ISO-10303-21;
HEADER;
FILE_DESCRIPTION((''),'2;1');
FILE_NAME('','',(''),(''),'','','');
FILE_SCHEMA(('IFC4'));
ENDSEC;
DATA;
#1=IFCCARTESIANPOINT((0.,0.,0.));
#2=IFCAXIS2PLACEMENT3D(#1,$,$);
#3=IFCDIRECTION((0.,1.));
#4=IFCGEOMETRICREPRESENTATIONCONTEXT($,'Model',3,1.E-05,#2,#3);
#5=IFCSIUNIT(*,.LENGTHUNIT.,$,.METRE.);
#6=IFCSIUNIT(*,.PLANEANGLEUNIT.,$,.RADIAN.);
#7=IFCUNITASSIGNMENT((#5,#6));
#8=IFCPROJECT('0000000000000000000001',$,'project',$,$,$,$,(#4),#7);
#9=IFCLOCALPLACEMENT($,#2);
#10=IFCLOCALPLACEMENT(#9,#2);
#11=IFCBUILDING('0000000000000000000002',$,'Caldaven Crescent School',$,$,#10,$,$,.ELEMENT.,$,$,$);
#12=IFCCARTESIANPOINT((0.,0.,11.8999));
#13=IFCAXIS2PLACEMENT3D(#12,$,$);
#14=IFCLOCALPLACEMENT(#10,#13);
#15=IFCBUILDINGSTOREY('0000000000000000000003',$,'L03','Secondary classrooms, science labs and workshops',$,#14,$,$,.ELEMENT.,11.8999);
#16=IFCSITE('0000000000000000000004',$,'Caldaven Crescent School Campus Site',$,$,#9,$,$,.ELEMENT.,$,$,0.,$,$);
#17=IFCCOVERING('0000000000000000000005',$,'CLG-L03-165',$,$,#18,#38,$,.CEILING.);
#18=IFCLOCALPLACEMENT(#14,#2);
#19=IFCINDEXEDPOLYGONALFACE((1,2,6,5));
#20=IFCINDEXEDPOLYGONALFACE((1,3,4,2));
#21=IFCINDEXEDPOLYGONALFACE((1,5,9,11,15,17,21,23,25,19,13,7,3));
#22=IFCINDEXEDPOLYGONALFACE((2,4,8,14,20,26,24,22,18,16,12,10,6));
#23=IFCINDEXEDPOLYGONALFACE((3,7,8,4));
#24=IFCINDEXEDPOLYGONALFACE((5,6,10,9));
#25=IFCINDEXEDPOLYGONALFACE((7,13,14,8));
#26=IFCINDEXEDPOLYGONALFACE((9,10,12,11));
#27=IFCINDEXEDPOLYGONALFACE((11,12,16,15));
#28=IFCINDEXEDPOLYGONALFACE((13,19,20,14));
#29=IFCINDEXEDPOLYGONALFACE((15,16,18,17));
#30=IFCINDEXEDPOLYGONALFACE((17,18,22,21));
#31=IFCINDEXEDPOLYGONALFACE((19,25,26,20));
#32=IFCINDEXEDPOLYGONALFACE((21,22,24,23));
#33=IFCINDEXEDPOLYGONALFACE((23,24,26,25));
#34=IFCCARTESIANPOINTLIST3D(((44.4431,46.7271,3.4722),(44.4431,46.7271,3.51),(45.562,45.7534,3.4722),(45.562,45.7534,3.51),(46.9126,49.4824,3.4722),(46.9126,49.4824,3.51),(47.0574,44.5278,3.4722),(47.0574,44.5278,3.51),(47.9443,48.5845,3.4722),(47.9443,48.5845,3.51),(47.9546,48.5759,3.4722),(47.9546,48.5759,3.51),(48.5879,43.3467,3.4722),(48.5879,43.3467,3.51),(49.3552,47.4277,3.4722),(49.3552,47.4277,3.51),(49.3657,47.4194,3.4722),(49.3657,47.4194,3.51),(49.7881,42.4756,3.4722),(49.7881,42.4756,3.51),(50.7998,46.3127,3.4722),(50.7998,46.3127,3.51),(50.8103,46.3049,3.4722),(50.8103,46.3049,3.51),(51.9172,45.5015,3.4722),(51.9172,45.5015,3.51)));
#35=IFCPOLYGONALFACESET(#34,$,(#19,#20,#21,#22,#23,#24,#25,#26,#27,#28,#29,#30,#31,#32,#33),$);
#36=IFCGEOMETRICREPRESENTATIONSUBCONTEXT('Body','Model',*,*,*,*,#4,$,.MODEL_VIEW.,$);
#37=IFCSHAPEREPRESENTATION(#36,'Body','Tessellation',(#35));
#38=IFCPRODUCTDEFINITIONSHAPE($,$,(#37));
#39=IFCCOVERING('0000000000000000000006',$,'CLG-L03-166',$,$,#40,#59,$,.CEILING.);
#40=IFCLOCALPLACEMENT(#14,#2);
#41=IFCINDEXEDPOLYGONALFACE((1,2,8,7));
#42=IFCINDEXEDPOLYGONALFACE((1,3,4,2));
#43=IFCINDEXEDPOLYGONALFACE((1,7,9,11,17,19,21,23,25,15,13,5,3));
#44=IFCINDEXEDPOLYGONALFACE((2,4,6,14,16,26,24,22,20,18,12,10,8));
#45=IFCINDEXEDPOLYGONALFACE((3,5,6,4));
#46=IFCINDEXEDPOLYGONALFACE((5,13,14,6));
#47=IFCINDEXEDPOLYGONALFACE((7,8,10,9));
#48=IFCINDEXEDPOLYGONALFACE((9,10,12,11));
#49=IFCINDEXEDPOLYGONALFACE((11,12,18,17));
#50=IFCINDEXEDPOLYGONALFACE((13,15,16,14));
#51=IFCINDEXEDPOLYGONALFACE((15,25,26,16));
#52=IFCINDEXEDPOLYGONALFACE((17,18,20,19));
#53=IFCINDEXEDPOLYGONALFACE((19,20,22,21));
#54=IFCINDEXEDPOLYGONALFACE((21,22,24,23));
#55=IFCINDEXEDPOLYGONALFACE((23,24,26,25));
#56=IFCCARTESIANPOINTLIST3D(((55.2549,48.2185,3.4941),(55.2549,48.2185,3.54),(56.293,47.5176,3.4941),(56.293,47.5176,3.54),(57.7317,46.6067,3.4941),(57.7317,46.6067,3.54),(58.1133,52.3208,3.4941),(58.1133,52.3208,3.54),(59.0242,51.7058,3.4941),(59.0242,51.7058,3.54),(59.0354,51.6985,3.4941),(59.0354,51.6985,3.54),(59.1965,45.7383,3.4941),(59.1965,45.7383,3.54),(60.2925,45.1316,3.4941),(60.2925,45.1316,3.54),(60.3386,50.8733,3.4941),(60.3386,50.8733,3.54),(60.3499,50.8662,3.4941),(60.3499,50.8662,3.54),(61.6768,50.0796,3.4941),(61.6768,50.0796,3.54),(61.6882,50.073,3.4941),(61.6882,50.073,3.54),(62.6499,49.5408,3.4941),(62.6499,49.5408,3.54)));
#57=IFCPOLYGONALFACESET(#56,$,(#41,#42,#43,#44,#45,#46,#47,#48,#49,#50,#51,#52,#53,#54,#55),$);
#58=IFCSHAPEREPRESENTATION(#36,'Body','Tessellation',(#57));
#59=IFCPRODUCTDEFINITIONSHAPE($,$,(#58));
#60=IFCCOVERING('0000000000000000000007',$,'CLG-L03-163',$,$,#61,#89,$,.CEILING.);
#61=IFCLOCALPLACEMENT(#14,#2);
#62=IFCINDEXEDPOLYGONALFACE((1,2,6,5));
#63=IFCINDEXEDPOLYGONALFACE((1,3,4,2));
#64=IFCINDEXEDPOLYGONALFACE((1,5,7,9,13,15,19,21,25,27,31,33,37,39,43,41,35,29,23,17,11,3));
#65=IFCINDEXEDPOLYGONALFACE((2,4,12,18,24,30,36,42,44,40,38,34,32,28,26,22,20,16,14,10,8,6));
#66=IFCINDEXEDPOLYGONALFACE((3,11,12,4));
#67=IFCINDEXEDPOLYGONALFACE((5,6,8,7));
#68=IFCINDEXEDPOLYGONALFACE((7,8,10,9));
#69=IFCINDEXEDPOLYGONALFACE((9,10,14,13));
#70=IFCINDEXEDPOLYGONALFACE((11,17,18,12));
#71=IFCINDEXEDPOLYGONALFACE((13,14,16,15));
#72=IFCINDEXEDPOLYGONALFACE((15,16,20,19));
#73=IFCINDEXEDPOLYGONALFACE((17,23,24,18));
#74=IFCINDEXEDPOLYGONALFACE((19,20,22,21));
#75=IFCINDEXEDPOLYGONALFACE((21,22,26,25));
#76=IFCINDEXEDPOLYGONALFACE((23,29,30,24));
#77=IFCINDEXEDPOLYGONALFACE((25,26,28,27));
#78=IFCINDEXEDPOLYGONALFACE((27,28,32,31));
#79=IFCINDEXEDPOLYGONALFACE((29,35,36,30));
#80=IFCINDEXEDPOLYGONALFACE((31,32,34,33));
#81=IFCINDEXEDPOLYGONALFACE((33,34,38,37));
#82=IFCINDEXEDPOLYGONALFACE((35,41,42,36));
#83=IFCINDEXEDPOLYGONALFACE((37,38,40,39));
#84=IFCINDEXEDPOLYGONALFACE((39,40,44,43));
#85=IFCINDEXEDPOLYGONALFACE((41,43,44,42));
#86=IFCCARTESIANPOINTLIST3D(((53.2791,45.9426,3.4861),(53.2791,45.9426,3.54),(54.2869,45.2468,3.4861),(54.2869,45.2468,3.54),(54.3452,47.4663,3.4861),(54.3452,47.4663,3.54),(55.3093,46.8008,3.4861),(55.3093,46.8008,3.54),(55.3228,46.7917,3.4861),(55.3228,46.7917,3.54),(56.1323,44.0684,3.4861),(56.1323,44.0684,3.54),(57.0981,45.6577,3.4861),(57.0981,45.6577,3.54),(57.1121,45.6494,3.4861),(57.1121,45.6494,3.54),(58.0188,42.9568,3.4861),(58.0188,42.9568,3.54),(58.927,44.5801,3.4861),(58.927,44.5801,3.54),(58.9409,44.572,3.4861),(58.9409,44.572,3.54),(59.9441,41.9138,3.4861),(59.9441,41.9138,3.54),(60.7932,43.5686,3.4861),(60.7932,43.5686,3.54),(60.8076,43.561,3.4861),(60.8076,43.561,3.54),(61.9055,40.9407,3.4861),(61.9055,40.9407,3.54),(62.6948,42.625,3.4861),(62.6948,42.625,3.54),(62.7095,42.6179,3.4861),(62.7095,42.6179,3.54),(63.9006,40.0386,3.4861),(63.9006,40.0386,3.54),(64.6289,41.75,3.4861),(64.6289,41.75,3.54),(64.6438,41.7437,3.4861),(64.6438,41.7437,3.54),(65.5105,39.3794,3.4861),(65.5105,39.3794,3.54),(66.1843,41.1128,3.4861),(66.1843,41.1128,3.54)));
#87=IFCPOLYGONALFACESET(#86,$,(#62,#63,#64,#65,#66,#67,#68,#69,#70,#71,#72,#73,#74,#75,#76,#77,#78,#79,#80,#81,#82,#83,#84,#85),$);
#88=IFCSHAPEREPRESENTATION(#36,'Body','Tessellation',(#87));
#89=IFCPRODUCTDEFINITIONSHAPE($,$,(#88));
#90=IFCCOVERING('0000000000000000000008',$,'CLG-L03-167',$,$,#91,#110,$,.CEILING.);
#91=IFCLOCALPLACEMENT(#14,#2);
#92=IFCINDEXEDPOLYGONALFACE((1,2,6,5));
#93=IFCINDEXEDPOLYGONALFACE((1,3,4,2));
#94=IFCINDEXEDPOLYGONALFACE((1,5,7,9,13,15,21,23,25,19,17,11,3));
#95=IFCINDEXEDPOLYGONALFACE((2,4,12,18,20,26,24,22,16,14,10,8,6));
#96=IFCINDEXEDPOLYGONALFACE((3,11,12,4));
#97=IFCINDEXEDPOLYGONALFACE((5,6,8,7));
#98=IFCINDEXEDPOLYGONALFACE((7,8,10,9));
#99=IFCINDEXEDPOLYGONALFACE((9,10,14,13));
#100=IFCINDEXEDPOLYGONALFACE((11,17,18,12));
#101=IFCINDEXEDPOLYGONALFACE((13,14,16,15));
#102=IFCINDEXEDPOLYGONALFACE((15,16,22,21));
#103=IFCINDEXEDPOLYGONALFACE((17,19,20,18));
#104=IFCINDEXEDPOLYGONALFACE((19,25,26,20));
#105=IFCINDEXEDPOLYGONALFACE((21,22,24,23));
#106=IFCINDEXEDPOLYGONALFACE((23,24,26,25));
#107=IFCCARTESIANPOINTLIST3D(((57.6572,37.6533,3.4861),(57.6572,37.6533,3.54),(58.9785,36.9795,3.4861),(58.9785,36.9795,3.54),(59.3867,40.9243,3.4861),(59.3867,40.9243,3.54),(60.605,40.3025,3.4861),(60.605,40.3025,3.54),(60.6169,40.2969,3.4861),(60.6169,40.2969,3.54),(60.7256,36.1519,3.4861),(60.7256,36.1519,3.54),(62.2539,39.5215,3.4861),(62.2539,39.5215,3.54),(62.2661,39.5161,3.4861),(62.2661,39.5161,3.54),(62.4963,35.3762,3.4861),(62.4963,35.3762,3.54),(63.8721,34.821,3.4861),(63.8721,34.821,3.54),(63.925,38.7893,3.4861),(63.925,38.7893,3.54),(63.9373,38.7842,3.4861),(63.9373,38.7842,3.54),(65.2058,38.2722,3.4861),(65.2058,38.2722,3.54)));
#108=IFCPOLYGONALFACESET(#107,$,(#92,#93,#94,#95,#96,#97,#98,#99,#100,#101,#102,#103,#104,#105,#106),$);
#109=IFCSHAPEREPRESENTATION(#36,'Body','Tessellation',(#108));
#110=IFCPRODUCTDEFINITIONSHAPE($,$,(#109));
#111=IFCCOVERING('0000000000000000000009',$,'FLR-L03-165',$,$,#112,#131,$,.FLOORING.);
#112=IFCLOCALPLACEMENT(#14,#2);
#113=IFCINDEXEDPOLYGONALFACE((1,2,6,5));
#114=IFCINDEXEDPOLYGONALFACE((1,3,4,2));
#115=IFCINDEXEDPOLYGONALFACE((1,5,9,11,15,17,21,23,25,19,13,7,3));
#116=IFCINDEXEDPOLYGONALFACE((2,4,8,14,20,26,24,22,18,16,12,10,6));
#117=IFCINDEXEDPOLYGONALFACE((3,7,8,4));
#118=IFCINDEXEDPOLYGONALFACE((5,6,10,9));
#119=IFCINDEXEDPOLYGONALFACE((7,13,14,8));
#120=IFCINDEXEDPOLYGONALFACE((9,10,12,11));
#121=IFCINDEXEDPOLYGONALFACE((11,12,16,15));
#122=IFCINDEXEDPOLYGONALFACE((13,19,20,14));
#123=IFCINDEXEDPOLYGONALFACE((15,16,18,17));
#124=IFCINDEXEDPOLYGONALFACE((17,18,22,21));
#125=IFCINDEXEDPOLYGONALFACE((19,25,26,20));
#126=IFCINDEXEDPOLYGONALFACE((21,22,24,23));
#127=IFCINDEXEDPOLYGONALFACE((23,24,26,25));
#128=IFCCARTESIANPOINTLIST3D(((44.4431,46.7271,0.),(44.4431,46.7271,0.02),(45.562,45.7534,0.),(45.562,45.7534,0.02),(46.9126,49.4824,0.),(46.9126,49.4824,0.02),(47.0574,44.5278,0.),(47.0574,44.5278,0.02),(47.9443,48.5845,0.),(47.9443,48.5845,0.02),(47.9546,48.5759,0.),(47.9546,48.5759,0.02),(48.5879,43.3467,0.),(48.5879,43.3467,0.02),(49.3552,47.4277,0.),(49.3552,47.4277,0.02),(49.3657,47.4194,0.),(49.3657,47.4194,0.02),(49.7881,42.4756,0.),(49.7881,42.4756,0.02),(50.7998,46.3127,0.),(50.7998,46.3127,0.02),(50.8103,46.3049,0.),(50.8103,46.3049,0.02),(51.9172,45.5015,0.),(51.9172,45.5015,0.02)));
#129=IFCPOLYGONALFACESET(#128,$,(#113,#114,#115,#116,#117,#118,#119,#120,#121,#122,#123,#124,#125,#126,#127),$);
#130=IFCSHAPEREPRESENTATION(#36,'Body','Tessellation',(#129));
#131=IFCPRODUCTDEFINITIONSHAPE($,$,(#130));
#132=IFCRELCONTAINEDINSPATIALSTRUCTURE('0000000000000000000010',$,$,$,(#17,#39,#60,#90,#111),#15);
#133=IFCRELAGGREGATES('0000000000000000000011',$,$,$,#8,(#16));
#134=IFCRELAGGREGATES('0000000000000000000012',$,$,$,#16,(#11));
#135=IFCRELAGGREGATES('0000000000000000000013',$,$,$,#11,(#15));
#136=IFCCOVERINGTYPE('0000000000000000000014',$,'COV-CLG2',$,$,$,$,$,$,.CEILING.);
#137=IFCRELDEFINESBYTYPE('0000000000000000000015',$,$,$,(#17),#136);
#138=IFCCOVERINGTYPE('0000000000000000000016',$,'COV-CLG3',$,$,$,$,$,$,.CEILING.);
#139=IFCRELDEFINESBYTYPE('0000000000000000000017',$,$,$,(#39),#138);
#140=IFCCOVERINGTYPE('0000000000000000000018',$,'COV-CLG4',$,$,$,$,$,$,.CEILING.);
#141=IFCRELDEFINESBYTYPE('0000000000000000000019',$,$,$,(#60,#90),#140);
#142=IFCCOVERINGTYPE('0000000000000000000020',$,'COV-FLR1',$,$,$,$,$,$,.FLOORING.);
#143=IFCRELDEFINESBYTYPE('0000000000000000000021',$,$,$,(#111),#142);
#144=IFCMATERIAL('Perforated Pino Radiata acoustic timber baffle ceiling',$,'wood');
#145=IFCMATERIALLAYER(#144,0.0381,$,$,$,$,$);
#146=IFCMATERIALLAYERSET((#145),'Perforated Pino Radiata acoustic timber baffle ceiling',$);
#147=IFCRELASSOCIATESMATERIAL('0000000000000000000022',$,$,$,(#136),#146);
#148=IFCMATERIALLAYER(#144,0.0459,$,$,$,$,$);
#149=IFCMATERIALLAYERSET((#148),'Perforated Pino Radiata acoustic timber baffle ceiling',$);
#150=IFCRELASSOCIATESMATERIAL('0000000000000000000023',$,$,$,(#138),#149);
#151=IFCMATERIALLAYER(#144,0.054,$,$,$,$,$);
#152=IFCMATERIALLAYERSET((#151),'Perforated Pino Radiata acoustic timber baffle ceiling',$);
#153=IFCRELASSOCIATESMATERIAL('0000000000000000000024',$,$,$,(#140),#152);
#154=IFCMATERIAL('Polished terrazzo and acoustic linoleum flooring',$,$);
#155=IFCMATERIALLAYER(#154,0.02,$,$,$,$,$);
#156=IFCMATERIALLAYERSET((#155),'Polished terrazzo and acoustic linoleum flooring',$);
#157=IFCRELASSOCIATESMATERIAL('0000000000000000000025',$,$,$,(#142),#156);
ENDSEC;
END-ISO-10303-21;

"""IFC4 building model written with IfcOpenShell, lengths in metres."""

from ifc_helpers import new_model, si_unit, direction, frame, origin, place, context, subcontext, project, spatial, polyline, outline, extrude, material, layer, layer_set, type_object, element, save


model = new_model("IFC4")

# Units and contexts
model_context = context("Model", 3, precision=1e-05, world=origin(), true_north=direction((0.0, 1.0)))
body_context = subcontext(model_context, "Body", "Model", "MODEL_VIEW")
ifc_project = project(units=[si_unit("LENGTHUNIT", "METRE"), si_unit("PLANEANGLEUNIT", "RADIAN")], contexts=[model_context])

# Site, building, storey
site_placement = place(None, origin())
site = spatial("IfcSite", under=ifc_project, at=site_placement, Name="Caldaven Crescent School Campus Site", CompositionType="ELEMENT", RefElevation=0.0)
building_placement = place(site_placement, origin())
building = spatial("IfcBuilding", under=site, at=building_placement, Name="Caldaven Crescent School", CompositionType="ELEMENT")
storey_placement = place(building_placement, frame((0.0, 0.0, 11.8999)))
storey = spatial("IfcBuildingStorey", under=building, at=storey_placement, Name="L03", Description="Secondary classrooms, science labs and workshops", CompositionType="ELEMENT", Elevation=11.8999)

# Coverings
ifc_material_1 = material(Name="Perforated Pino Radiata acoustic timber baffle ceiling", Category="wood")
ifc_layer_1 = layer(ifc_material_1, 0.0381)
ifc_layer_set_1 = layer_set([ifc_layer_1], Name="Perforated Pino Radiata acoustic timber baffle ceiling")
covering_type_1 = type_object("IfcCoveringType", Name="COV-CLG2", PredefinedType="CEILING", material=ifc_layer_set_1)
covering_1_placement = place(storey_placement, frame((0.0, 0.0, 3.4722)))
element("IfcCovering", 1, at=covering_1_placement, inside=storey, type_object=covering_type_1, Name="CLG-L03-165", PredefinedType="CEILING", context=body_context, shape_type="SweptSolid", body=[
    extrude(outline(polyline([(47.9443, 48.5845), (47.9546, 48.5759), (49.3552, 47.4277), (49.3657, 47.4194), (50.7998, 46.3127), (50.8103, 46.3049), (51.9172, 45.5015), (49.7881, 42.4756), (48.5879, 43.3467), (47.0574, 44.5278), (45.562, 45.7534), (44.4431, 46.7271), (46.9126, 49.4824), (47.9443, 48.5845)])), origin(), (0.0, 0.0, 1.0), 0.0378),
])
ifc_layer_2 = layer(ifc_material_1, 0.0459)
ifc_layer_set_2 = layer_set([ifc_layer_2], Name="Perforated Pino Radiata acoustic timber baffle ceiling")
covering_type_2 = type_object("IfcCoveringType", Name="COV-CLG3", PredefinedType="CEILING", material=ifc_layer_set_2)
covering_2_placement = place(storey_placement, frame((0.0, 0.0, 3.4941)))
element("IfcCovering", 2, at=covering_2_placement, inside=storey, type_object=covering_type_2, Name="CLG-L03-166", PredefinedType="CEILING", context=body_context, shape_type="SweptSolid", body=[
    extrude(outline(polyline([(59.0242, 51.7058), (59.0354, 51.6985), (60.3386, 50.8733), (60.3499, 50.8662), (61.6768, 50.0796), (61.6882, 50.073), (62.6499, 49.5408), (60.2925, 45.1316), (59.1965, 45.7383), (57.7317, 46.6067), (56.293, 47.5176), (55.2549, 48.2185), (58.1133, 52.3208), (59.0242, 51.7058)])), origin(), (0.0, 0.0, 1.0), 0.0459),
])
ifc_layer_3 = layer(ifc_material_1, 0.054)
ifc_layer_set_3 = layer_set([ifc_layer_3], Name="Perforated Pino Radiata acoustic timber baffle ceiling")
covering_type_3 = type_object("IfcCoveringType", Name="COV-CLG4", PredefinedType="CEILING", material=ifc_layer_set_3)
covering_3_placement = place(storey_placement, frame((0.0, 0.0, 3.4861)))
element("IfcCovering", 3, at=covering_3_placement, inside=storey, type_object=covering_type_3, Name="CLG-L03-163", PredefinedType="CEILING", context=body_context, shape_type="SweptSolid", body=[
    extrude(outline(polyline([(55.3093, 46.8008), (55.3228, 46.7917), (57.0981, 45.6577), (57.1121, 45.6494), (58.927, 44.5801), (58.9409, 44.572), (60.7932, 43.5686), (60.8076, 43.561), (62.6948, 42.625), (62.7095, 42.6179), (64.6289, 41.75), (64.6438, 41.7437), (66.1843, 41.1128), (65.5105, 39.3794), (63.9006, 40.0386), (61.9055, 40.9407), (59.9441, 41.9138), (58.0188, 42.9568), (56.1323, 44.0684), (54.2869, 45.2468), (53.2791, 45.9426), (54.3452, 47.4663), (55.3093, 46.8008)])), origin(), (0.0, 0.0, 1.0), 0.054),
])
covering_4_placement = place(storey_placement, frame((0.0, 0.0, 3.4861)))
element("IfcCovering", 4, at=covering_4_placement, inside=storey, type_object=covering_type_3, Name="CLG-L03-167", PredefinedType="CEILING", context=body_context, shape_type="SweptSolid", body=[
    extrude(outline(polyline([(60.605, 40.3025), (60.6169, 40.2969), (62.2539, 39.5215), (62.2661, 39.5161), (63.925, 38.7893), (63.9373, 38.7842), (65.2058, 38.2722), (63.8721, 34.821), (62.4963, 35.3762), (60.7256, 36.1519), (58.9785, 36.9795), (57.6572, 37.6533), (59.3867, 40.9243), (60.605, 40.3025)])), origin(), (0.0, 0.0, 1.0), 0.054),
])
ifc_material_2 = material(Name="Polished terrazzo and acoustic linoleum flooring")
ifc_layer_4 = layer(ifc_material_2, 0.02)
ifc_layer_set_4 = layer_set([ifc_layer_4], Name="Polished terrazzo and acoustic linoleum flooring")
covering_type_4 = type_object("IfcCoveringType", Name="COV-FLR1", PredefinedType="FLOORING", material=ifc_layer_set_4)
covering_5_placement = place(storey_placement, origin())
element("IfcCovering", 5, at=covering_5_placement, inside=storey, type_object=covering_type_4, Name="FLR-L03-165", PredefinedType="FLOORING", context=body_context, shape_type="SweptSolid", body=[
    extrude(outline(polyline([(46.9126, 49.4824), (47.9443, 48.5845), (47.9546, 48.5759), (49.3552, 47.4277), (49.3657, 47.4194), (50.7998, 46.3127), (50.8103, 46.3049), (51.9172, 45.5015), (49.7881, 42.4756), (48.5879, 43.3467), (47.0574, 44.5278), (45.562, 45.7534), (44.4431, 46.7271), (46.9126, 49.4824)])), origin(), (0.0, 0.0, 1.0), 0.02),
])

save(model, "model.ifc")
